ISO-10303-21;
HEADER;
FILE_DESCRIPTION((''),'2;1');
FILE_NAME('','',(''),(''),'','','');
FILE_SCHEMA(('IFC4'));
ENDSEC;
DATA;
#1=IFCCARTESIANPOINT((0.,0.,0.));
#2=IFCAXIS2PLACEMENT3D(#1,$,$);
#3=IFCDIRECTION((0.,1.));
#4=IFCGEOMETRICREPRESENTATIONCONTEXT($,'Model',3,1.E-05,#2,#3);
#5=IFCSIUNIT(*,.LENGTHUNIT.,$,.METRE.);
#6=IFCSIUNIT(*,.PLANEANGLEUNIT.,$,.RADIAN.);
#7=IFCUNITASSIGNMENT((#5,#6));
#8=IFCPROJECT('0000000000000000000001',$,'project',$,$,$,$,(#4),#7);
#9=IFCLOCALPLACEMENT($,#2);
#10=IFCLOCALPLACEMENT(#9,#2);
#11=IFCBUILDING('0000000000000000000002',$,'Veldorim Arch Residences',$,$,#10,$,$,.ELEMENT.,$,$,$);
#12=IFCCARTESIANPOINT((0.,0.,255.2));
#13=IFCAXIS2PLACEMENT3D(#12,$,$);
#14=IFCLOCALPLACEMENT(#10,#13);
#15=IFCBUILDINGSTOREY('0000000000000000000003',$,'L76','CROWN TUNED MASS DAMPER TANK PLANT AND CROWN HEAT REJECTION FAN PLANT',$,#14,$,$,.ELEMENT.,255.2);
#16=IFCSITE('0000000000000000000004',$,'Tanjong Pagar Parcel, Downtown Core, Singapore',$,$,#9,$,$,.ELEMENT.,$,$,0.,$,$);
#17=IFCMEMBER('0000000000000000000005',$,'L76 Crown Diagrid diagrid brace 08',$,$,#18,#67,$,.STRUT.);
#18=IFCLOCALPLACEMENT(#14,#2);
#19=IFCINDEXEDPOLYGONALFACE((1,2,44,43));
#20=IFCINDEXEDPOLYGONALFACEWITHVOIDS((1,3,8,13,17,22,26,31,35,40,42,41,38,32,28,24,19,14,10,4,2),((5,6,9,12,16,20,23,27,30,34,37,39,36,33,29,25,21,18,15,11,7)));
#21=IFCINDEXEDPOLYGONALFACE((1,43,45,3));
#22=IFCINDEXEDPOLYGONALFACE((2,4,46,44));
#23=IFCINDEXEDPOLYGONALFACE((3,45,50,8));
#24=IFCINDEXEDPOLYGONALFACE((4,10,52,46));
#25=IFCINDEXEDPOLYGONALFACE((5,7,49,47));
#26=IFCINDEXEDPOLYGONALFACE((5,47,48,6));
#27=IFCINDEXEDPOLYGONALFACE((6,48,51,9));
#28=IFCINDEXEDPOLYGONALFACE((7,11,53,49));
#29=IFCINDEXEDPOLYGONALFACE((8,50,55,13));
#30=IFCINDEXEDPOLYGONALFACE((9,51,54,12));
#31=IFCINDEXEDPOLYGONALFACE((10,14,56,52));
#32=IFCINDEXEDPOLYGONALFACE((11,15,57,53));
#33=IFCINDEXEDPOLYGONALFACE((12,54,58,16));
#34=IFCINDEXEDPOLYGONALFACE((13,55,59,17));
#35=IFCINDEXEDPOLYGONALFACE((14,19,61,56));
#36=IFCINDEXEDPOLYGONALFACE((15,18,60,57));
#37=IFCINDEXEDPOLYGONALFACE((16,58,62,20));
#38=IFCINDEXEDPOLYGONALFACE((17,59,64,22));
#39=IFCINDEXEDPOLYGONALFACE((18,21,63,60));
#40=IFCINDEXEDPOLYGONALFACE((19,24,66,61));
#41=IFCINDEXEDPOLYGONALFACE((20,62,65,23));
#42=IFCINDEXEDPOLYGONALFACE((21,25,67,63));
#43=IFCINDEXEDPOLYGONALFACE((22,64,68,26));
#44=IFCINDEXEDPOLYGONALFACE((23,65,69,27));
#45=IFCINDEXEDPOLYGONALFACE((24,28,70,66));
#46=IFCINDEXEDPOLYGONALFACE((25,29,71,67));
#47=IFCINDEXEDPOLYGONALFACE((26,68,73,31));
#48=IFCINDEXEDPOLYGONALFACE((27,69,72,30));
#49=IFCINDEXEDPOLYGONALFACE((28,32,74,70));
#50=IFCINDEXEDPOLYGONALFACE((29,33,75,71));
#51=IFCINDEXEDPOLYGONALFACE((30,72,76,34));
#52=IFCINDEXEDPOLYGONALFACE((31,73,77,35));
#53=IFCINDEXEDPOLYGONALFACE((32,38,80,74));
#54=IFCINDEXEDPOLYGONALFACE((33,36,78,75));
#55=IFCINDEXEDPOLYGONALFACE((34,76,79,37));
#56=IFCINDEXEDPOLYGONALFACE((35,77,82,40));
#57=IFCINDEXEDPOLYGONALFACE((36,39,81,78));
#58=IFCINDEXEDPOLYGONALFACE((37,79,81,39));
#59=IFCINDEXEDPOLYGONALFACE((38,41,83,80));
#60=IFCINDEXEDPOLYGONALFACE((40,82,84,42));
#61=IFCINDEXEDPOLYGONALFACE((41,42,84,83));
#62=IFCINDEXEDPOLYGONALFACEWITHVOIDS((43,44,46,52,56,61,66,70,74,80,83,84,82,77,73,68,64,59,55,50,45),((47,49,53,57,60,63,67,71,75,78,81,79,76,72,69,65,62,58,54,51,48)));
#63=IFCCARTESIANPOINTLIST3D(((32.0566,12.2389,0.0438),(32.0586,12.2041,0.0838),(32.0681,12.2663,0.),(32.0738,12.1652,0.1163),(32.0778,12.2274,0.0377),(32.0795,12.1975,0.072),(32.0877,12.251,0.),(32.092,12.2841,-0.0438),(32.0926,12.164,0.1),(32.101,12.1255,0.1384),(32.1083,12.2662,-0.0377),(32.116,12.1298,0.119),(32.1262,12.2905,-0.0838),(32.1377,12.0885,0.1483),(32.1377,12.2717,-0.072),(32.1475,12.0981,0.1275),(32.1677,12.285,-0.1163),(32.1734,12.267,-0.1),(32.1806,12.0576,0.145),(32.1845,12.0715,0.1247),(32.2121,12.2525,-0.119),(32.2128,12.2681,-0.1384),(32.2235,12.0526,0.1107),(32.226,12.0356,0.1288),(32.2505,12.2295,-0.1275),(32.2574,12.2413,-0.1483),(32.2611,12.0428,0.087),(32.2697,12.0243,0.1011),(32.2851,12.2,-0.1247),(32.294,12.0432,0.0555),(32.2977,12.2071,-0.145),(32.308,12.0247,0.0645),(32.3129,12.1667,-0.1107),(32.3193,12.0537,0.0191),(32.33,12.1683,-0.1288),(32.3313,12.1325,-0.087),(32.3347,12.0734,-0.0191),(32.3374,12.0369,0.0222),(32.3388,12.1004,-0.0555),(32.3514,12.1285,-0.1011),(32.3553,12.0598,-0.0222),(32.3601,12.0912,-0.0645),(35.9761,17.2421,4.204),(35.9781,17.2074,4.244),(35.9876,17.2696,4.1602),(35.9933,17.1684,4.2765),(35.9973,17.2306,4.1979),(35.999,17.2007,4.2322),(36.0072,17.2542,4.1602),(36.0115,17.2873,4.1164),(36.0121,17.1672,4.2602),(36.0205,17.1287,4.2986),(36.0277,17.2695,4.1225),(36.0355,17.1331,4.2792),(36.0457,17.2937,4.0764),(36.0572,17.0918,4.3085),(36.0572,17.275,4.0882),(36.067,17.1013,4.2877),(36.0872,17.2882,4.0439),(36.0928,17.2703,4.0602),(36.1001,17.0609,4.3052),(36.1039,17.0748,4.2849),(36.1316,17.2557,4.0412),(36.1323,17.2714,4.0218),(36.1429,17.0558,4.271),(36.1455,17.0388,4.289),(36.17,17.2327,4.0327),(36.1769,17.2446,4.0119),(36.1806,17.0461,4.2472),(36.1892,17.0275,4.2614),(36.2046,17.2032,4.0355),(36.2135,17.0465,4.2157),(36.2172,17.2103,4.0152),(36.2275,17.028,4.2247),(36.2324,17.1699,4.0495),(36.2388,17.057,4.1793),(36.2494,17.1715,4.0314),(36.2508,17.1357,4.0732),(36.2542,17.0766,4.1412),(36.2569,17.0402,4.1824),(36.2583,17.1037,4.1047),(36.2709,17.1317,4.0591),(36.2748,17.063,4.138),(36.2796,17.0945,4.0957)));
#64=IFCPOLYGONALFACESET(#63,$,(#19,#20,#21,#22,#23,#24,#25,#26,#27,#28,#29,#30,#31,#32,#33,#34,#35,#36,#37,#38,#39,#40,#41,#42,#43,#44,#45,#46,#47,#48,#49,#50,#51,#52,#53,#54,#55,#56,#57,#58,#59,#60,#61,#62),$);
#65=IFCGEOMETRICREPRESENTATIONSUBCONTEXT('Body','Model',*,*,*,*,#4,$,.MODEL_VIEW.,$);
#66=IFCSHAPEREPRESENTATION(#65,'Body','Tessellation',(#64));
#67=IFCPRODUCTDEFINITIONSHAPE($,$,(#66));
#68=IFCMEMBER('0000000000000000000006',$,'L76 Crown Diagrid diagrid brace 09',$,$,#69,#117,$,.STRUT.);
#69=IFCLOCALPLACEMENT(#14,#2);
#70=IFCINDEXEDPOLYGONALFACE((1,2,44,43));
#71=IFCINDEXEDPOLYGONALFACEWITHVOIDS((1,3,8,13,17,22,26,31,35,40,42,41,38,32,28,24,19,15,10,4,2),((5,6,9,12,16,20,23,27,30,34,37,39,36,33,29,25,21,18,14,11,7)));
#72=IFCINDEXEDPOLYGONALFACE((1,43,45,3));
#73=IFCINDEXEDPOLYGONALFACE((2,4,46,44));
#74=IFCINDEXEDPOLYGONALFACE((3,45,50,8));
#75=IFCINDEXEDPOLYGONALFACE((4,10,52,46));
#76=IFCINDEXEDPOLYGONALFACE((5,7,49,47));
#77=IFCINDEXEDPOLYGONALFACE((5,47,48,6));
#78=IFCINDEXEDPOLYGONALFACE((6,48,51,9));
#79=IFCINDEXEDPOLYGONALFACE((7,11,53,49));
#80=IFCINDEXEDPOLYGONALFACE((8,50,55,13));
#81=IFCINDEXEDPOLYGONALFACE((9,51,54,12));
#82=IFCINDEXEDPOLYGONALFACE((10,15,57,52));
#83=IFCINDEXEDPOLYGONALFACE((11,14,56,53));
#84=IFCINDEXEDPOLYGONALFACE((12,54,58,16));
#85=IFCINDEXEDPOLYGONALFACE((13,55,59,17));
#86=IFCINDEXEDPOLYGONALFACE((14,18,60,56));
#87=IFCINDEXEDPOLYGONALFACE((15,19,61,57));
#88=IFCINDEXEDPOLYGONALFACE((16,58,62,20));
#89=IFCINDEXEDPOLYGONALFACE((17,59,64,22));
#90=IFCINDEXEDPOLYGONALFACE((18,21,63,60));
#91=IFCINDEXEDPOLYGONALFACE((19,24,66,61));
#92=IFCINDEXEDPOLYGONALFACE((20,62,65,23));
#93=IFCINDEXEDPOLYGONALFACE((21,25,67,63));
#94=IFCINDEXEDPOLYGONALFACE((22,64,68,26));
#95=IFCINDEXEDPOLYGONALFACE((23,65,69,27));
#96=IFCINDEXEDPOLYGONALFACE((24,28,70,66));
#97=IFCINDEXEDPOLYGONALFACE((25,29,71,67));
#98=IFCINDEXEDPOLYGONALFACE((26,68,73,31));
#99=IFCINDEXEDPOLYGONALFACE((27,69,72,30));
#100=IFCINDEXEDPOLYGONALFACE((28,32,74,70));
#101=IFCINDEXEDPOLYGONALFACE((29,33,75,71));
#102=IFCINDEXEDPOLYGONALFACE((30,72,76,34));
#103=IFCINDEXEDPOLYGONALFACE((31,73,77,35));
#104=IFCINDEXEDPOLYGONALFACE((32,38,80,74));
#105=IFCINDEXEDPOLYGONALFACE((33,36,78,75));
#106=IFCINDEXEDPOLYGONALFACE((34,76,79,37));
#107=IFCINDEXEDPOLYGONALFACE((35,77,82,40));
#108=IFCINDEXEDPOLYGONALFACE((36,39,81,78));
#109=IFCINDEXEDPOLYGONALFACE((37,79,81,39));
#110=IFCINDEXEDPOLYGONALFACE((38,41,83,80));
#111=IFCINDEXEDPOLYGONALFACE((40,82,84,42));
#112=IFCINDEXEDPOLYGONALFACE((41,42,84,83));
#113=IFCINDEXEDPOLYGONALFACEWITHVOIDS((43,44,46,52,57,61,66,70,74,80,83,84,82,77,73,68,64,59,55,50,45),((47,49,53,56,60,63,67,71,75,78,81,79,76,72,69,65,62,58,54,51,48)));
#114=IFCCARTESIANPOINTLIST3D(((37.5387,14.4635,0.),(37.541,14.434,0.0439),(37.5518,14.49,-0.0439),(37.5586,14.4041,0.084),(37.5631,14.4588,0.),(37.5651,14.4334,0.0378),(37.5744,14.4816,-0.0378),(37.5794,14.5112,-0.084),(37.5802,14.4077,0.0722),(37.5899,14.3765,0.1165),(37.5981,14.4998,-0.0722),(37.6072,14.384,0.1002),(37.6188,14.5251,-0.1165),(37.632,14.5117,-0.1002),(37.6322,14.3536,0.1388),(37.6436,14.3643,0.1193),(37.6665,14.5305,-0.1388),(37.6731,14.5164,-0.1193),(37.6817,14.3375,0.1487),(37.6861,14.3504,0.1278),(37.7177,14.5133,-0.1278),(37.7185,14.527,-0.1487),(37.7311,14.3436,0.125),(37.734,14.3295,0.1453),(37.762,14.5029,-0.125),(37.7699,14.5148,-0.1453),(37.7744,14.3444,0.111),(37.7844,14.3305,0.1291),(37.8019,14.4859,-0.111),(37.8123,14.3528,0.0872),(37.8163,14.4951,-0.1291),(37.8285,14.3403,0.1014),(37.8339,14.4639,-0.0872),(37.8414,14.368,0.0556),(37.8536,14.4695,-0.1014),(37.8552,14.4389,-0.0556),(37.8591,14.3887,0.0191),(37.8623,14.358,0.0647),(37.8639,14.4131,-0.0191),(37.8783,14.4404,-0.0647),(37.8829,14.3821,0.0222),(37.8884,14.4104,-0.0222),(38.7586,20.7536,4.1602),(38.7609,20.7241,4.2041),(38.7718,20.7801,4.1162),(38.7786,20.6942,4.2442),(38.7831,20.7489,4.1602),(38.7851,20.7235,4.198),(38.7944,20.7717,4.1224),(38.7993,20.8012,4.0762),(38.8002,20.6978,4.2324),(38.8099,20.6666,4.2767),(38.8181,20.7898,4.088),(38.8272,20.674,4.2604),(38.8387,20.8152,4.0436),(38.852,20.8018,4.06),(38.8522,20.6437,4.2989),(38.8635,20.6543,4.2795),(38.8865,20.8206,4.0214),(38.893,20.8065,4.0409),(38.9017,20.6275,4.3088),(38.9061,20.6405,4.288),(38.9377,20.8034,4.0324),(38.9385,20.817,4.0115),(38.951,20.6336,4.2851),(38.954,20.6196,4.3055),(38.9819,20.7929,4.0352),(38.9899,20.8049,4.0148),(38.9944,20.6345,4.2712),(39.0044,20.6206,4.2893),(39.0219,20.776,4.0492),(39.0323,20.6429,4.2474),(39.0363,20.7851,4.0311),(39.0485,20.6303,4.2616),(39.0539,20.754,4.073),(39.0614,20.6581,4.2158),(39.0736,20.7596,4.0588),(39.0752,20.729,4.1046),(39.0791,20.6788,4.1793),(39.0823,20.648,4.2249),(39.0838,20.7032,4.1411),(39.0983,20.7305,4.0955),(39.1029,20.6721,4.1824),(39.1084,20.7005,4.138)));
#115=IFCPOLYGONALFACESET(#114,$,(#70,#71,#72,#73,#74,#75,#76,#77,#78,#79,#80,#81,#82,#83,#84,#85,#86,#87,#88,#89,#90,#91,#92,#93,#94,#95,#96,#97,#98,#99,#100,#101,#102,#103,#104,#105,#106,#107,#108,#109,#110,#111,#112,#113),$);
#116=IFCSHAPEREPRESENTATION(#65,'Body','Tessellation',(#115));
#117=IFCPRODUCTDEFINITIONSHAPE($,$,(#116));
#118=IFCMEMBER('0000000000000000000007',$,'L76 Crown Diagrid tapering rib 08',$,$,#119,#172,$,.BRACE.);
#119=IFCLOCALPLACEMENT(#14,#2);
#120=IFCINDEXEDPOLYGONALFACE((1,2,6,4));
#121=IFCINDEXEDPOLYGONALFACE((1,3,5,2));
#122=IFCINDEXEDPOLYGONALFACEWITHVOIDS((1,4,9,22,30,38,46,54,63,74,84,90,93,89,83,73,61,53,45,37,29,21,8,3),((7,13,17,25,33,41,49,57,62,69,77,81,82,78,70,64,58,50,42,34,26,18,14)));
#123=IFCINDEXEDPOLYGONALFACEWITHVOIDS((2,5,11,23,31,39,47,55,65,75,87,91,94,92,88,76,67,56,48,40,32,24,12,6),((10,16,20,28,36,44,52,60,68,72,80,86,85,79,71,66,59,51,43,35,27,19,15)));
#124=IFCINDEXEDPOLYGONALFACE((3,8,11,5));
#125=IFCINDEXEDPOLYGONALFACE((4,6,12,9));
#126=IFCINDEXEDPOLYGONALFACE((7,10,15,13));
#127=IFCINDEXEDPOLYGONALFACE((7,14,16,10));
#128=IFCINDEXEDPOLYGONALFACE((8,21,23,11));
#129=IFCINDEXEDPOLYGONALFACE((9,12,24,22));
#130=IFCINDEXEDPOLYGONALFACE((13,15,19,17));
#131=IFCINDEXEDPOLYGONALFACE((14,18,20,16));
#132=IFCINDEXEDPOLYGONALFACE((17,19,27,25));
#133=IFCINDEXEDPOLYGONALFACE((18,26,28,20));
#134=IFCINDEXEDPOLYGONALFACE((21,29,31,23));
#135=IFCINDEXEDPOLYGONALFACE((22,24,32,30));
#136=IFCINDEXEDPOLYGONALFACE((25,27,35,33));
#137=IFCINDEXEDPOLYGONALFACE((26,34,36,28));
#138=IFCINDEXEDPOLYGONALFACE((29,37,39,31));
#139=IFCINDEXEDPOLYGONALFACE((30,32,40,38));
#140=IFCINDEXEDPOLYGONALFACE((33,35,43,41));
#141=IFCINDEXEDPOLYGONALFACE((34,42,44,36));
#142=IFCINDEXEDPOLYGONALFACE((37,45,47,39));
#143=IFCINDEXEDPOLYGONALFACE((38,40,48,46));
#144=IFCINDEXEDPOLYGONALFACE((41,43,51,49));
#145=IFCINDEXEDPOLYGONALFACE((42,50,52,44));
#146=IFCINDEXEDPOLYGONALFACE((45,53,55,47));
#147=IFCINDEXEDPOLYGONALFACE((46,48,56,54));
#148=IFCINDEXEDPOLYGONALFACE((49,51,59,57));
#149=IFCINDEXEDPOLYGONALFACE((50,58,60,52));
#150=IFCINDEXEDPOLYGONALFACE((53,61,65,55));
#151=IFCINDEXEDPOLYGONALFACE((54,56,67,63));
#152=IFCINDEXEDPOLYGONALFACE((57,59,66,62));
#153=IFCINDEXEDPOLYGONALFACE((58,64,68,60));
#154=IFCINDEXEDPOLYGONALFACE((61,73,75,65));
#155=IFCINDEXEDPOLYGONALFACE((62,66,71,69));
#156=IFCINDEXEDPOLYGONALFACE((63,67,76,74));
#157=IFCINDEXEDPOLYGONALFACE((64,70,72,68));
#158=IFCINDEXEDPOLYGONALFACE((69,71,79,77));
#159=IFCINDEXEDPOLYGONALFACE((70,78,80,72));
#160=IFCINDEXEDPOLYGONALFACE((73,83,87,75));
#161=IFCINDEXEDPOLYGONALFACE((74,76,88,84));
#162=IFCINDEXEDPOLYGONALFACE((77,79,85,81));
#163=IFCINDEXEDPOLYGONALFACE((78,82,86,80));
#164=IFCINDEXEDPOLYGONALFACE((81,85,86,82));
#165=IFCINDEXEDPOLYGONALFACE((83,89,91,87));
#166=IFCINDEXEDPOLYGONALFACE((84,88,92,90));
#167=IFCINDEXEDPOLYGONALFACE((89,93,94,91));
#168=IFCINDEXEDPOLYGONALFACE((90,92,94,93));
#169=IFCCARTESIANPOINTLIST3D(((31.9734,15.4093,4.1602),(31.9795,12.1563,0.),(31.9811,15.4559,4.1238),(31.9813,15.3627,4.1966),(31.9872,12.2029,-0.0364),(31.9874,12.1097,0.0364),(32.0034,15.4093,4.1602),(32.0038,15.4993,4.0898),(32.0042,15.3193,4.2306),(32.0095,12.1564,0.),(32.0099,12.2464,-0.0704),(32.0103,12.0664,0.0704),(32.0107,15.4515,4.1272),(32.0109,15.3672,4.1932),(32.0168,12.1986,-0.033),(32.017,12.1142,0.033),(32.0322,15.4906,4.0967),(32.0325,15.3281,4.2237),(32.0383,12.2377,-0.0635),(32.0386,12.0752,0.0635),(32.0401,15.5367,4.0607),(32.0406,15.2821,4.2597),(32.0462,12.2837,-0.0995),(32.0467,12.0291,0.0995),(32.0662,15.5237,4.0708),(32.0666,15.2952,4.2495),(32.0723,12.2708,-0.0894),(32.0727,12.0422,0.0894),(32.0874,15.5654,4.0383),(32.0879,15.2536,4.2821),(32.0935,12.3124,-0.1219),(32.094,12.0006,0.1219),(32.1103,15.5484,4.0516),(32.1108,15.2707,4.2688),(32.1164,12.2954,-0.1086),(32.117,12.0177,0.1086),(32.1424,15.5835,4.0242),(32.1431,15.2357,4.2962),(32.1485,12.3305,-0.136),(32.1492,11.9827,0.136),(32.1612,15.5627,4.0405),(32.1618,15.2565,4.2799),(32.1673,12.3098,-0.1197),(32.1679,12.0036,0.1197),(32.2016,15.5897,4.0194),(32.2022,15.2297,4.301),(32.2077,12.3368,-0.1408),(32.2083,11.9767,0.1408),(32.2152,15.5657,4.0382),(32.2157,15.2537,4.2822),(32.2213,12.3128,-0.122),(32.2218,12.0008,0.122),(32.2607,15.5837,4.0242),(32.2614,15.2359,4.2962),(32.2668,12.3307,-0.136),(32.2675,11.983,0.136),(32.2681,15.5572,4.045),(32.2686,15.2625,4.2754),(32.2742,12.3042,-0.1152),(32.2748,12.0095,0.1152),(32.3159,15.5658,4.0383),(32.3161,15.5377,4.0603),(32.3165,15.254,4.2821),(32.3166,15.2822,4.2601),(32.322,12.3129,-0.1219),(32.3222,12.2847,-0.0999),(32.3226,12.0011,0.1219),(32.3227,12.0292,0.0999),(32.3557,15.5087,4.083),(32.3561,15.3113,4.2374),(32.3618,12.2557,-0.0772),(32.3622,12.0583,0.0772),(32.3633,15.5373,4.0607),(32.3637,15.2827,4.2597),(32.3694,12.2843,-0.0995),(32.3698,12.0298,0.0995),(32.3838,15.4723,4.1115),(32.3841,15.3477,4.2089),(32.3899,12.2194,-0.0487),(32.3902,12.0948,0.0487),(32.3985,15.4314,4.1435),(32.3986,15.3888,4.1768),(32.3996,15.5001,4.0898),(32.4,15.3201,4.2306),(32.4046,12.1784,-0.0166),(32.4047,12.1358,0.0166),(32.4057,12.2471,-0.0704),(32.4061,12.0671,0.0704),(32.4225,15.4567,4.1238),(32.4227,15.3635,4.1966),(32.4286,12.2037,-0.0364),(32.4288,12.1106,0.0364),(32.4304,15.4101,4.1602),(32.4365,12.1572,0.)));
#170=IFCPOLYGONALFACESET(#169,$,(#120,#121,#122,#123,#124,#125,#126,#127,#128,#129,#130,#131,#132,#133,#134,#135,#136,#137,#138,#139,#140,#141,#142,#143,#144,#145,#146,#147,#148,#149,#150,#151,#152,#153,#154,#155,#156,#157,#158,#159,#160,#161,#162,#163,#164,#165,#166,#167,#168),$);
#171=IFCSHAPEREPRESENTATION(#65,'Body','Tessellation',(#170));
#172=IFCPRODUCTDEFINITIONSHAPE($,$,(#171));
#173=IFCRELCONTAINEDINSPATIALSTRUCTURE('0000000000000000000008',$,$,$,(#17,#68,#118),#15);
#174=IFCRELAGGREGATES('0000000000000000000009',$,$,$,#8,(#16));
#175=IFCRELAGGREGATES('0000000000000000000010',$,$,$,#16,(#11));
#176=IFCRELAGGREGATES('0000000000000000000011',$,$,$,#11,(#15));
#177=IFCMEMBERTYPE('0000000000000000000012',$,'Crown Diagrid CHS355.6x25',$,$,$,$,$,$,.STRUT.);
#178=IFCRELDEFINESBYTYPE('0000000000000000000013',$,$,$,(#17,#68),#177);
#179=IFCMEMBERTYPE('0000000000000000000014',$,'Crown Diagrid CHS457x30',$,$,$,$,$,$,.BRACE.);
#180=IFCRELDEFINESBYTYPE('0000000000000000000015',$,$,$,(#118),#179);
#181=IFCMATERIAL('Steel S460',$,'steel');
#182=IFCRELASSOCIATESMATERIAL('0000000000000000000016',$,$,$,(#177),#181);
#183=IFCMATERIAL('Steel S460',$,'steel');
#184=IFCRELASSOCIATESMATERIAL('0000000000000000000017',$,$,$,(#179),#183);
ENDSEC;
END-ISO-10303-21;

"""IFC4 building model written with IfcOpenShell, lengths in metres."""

from ifc_helpers import new_model, si_unit, direction, frame, origin, origin_2d, place, context, subcontext, project, spatial, hollow_circle, extrude, material, material_profile, profile_set, type_object, element, save


model = new_model("IFC4")

# Units and contexts
model_context = context("Model", 3, precision=1e-05, world=origin(), true_north=direction((0.0, 1.0)))
body_context = subcontext(model_context, "Body", "Model", "MODEL_VIEW")
ifc_project = project(units=[si_unit("LENGTHUNIT", "METRE"), si_unit("PLANEANGLEUNIT", "RADIAN")], contexts=[model_context])

# Site, building, storey
site_placement = place(None, origin())
site = spatial("IfcSite", under=ifc_project, at=site_placement, Name="Tanjong Pagar Parcel, Downtown Core, Singapore", CompositionType="ELEMENT", RefElevation=0.0)
building_placement = place(site_placement, origin())
building = spatial("IfcBuilding", under=site, at=building_placement, Name="Veldorim Arch Residences", CompositionType="ELEMENT")
storey_placement = place(building_placement, frame((0.0, 0.0, 255.2)))
storey = spatial("IfcBuildingStorey", under=building, at=storey_placement, Name="L76", Description="CROWN TUNED MASS DAMPER TANK PLANT AND CROWN HEAT REJECTION FAN PLANT", CompositionType="ELEMENT", Elevation=255.2)

# Members
ifc_material_1 = material(Name="Steel S460", Category="steel")
ifc_material_profile_1 = material_profile(ifc_material_1, hollow_circle(Radius=0.1777, WallThickness=0.0249, at=origin_2d()), Name="CHS355.6x25")
ifc_profile_set_1 = profile_set([ifc_material_profile_1], Name="Steel S460")
member_type_1 = type_object("IfcMemberType", Name="Crown Diagrid CHS355.6x25", PredefinedType="STRUT", material=ifc_profile_set_1)
member_1_placement = place(storey_placement, frame((32.208, 12.1567, 0.0), z_axis=(0.51598, 0.658651, 0.547671), x_axis=(-0.787207, 0.616689, 0.0)))
element("IfcMember", 1, at=member_1_placement, inside=storey, type_object=member_type_1, Name="L76 Crown Diagrid diagrid brace 08", PredefinedType="STRUT", context=body_context, shape_type="SweptSolid", body=[
    extrude(hollow_circle(Radius=0.1777, WallThickness=0.0249, at=origin_2d()), origin(), (0.0, 0.0, 1.0), 7.5962),
])
member_2_placement = place(storey_placement, frame((37.7131, 14.4297, 0.0), z_axis=(0.159695, 0.823373, 0.544569), x_axis=(-0.981706, 0.190405, 0.0)))
element("IfcMember", 2, at=member_2_placement, inside=storey, type_object=member_type_1, Name="L76 Crown Diagrid diagrid brace 09", PredefinedType="STRUT", context=body_context, shape_type="SweptSolid", body=[
    extrude(hollow_circle(Radius=0.1777, WallThickness=0.0249, at=origin_2d()), origin(), (0.0, 0.0, 1.0), 7.6394),
])
ifc_material_2 = material(Name="Steel S460", Category="steel")
ifc_material_profile_2 = material_profile(ifc_material_2, hollow_circle(Radius=0.2285, WallThickness=0.03, at=origin_2d()), Name="CHS457x30")
ifc_profile_set_2 = profile_set([ifc_material_profile_2], Name="Steel S460")
member_type_2 = type_object("IfcMemberType", Name="Crown Diagrid CHS457x30", PredefinedType="BRACE", material=ifc_profile_set_2)
member_3_placement = place(storey_placement, frame((32.208, 12.1567, 0.0), z_axis=(-0.001156, 0.615974, 0.787766), x_axis=(-0.999998, -0.001876, 0.0)))
element("IfcMember", 3, at=member_3_placement, inside=storey, type_object=member_type_2, Name="L76 Crown Diagrid tapering rib 08", PredefinedType="BRACE", context=body_context, shape_type="SweptSolid", body=[
    extrude(hollow_circle(Radius=0.2285, WallThickness=0.03, at=origin_2d()), origin(), (0.0, 0.0, 1.0), 5.281),
])

save(model, "model.ifc")
